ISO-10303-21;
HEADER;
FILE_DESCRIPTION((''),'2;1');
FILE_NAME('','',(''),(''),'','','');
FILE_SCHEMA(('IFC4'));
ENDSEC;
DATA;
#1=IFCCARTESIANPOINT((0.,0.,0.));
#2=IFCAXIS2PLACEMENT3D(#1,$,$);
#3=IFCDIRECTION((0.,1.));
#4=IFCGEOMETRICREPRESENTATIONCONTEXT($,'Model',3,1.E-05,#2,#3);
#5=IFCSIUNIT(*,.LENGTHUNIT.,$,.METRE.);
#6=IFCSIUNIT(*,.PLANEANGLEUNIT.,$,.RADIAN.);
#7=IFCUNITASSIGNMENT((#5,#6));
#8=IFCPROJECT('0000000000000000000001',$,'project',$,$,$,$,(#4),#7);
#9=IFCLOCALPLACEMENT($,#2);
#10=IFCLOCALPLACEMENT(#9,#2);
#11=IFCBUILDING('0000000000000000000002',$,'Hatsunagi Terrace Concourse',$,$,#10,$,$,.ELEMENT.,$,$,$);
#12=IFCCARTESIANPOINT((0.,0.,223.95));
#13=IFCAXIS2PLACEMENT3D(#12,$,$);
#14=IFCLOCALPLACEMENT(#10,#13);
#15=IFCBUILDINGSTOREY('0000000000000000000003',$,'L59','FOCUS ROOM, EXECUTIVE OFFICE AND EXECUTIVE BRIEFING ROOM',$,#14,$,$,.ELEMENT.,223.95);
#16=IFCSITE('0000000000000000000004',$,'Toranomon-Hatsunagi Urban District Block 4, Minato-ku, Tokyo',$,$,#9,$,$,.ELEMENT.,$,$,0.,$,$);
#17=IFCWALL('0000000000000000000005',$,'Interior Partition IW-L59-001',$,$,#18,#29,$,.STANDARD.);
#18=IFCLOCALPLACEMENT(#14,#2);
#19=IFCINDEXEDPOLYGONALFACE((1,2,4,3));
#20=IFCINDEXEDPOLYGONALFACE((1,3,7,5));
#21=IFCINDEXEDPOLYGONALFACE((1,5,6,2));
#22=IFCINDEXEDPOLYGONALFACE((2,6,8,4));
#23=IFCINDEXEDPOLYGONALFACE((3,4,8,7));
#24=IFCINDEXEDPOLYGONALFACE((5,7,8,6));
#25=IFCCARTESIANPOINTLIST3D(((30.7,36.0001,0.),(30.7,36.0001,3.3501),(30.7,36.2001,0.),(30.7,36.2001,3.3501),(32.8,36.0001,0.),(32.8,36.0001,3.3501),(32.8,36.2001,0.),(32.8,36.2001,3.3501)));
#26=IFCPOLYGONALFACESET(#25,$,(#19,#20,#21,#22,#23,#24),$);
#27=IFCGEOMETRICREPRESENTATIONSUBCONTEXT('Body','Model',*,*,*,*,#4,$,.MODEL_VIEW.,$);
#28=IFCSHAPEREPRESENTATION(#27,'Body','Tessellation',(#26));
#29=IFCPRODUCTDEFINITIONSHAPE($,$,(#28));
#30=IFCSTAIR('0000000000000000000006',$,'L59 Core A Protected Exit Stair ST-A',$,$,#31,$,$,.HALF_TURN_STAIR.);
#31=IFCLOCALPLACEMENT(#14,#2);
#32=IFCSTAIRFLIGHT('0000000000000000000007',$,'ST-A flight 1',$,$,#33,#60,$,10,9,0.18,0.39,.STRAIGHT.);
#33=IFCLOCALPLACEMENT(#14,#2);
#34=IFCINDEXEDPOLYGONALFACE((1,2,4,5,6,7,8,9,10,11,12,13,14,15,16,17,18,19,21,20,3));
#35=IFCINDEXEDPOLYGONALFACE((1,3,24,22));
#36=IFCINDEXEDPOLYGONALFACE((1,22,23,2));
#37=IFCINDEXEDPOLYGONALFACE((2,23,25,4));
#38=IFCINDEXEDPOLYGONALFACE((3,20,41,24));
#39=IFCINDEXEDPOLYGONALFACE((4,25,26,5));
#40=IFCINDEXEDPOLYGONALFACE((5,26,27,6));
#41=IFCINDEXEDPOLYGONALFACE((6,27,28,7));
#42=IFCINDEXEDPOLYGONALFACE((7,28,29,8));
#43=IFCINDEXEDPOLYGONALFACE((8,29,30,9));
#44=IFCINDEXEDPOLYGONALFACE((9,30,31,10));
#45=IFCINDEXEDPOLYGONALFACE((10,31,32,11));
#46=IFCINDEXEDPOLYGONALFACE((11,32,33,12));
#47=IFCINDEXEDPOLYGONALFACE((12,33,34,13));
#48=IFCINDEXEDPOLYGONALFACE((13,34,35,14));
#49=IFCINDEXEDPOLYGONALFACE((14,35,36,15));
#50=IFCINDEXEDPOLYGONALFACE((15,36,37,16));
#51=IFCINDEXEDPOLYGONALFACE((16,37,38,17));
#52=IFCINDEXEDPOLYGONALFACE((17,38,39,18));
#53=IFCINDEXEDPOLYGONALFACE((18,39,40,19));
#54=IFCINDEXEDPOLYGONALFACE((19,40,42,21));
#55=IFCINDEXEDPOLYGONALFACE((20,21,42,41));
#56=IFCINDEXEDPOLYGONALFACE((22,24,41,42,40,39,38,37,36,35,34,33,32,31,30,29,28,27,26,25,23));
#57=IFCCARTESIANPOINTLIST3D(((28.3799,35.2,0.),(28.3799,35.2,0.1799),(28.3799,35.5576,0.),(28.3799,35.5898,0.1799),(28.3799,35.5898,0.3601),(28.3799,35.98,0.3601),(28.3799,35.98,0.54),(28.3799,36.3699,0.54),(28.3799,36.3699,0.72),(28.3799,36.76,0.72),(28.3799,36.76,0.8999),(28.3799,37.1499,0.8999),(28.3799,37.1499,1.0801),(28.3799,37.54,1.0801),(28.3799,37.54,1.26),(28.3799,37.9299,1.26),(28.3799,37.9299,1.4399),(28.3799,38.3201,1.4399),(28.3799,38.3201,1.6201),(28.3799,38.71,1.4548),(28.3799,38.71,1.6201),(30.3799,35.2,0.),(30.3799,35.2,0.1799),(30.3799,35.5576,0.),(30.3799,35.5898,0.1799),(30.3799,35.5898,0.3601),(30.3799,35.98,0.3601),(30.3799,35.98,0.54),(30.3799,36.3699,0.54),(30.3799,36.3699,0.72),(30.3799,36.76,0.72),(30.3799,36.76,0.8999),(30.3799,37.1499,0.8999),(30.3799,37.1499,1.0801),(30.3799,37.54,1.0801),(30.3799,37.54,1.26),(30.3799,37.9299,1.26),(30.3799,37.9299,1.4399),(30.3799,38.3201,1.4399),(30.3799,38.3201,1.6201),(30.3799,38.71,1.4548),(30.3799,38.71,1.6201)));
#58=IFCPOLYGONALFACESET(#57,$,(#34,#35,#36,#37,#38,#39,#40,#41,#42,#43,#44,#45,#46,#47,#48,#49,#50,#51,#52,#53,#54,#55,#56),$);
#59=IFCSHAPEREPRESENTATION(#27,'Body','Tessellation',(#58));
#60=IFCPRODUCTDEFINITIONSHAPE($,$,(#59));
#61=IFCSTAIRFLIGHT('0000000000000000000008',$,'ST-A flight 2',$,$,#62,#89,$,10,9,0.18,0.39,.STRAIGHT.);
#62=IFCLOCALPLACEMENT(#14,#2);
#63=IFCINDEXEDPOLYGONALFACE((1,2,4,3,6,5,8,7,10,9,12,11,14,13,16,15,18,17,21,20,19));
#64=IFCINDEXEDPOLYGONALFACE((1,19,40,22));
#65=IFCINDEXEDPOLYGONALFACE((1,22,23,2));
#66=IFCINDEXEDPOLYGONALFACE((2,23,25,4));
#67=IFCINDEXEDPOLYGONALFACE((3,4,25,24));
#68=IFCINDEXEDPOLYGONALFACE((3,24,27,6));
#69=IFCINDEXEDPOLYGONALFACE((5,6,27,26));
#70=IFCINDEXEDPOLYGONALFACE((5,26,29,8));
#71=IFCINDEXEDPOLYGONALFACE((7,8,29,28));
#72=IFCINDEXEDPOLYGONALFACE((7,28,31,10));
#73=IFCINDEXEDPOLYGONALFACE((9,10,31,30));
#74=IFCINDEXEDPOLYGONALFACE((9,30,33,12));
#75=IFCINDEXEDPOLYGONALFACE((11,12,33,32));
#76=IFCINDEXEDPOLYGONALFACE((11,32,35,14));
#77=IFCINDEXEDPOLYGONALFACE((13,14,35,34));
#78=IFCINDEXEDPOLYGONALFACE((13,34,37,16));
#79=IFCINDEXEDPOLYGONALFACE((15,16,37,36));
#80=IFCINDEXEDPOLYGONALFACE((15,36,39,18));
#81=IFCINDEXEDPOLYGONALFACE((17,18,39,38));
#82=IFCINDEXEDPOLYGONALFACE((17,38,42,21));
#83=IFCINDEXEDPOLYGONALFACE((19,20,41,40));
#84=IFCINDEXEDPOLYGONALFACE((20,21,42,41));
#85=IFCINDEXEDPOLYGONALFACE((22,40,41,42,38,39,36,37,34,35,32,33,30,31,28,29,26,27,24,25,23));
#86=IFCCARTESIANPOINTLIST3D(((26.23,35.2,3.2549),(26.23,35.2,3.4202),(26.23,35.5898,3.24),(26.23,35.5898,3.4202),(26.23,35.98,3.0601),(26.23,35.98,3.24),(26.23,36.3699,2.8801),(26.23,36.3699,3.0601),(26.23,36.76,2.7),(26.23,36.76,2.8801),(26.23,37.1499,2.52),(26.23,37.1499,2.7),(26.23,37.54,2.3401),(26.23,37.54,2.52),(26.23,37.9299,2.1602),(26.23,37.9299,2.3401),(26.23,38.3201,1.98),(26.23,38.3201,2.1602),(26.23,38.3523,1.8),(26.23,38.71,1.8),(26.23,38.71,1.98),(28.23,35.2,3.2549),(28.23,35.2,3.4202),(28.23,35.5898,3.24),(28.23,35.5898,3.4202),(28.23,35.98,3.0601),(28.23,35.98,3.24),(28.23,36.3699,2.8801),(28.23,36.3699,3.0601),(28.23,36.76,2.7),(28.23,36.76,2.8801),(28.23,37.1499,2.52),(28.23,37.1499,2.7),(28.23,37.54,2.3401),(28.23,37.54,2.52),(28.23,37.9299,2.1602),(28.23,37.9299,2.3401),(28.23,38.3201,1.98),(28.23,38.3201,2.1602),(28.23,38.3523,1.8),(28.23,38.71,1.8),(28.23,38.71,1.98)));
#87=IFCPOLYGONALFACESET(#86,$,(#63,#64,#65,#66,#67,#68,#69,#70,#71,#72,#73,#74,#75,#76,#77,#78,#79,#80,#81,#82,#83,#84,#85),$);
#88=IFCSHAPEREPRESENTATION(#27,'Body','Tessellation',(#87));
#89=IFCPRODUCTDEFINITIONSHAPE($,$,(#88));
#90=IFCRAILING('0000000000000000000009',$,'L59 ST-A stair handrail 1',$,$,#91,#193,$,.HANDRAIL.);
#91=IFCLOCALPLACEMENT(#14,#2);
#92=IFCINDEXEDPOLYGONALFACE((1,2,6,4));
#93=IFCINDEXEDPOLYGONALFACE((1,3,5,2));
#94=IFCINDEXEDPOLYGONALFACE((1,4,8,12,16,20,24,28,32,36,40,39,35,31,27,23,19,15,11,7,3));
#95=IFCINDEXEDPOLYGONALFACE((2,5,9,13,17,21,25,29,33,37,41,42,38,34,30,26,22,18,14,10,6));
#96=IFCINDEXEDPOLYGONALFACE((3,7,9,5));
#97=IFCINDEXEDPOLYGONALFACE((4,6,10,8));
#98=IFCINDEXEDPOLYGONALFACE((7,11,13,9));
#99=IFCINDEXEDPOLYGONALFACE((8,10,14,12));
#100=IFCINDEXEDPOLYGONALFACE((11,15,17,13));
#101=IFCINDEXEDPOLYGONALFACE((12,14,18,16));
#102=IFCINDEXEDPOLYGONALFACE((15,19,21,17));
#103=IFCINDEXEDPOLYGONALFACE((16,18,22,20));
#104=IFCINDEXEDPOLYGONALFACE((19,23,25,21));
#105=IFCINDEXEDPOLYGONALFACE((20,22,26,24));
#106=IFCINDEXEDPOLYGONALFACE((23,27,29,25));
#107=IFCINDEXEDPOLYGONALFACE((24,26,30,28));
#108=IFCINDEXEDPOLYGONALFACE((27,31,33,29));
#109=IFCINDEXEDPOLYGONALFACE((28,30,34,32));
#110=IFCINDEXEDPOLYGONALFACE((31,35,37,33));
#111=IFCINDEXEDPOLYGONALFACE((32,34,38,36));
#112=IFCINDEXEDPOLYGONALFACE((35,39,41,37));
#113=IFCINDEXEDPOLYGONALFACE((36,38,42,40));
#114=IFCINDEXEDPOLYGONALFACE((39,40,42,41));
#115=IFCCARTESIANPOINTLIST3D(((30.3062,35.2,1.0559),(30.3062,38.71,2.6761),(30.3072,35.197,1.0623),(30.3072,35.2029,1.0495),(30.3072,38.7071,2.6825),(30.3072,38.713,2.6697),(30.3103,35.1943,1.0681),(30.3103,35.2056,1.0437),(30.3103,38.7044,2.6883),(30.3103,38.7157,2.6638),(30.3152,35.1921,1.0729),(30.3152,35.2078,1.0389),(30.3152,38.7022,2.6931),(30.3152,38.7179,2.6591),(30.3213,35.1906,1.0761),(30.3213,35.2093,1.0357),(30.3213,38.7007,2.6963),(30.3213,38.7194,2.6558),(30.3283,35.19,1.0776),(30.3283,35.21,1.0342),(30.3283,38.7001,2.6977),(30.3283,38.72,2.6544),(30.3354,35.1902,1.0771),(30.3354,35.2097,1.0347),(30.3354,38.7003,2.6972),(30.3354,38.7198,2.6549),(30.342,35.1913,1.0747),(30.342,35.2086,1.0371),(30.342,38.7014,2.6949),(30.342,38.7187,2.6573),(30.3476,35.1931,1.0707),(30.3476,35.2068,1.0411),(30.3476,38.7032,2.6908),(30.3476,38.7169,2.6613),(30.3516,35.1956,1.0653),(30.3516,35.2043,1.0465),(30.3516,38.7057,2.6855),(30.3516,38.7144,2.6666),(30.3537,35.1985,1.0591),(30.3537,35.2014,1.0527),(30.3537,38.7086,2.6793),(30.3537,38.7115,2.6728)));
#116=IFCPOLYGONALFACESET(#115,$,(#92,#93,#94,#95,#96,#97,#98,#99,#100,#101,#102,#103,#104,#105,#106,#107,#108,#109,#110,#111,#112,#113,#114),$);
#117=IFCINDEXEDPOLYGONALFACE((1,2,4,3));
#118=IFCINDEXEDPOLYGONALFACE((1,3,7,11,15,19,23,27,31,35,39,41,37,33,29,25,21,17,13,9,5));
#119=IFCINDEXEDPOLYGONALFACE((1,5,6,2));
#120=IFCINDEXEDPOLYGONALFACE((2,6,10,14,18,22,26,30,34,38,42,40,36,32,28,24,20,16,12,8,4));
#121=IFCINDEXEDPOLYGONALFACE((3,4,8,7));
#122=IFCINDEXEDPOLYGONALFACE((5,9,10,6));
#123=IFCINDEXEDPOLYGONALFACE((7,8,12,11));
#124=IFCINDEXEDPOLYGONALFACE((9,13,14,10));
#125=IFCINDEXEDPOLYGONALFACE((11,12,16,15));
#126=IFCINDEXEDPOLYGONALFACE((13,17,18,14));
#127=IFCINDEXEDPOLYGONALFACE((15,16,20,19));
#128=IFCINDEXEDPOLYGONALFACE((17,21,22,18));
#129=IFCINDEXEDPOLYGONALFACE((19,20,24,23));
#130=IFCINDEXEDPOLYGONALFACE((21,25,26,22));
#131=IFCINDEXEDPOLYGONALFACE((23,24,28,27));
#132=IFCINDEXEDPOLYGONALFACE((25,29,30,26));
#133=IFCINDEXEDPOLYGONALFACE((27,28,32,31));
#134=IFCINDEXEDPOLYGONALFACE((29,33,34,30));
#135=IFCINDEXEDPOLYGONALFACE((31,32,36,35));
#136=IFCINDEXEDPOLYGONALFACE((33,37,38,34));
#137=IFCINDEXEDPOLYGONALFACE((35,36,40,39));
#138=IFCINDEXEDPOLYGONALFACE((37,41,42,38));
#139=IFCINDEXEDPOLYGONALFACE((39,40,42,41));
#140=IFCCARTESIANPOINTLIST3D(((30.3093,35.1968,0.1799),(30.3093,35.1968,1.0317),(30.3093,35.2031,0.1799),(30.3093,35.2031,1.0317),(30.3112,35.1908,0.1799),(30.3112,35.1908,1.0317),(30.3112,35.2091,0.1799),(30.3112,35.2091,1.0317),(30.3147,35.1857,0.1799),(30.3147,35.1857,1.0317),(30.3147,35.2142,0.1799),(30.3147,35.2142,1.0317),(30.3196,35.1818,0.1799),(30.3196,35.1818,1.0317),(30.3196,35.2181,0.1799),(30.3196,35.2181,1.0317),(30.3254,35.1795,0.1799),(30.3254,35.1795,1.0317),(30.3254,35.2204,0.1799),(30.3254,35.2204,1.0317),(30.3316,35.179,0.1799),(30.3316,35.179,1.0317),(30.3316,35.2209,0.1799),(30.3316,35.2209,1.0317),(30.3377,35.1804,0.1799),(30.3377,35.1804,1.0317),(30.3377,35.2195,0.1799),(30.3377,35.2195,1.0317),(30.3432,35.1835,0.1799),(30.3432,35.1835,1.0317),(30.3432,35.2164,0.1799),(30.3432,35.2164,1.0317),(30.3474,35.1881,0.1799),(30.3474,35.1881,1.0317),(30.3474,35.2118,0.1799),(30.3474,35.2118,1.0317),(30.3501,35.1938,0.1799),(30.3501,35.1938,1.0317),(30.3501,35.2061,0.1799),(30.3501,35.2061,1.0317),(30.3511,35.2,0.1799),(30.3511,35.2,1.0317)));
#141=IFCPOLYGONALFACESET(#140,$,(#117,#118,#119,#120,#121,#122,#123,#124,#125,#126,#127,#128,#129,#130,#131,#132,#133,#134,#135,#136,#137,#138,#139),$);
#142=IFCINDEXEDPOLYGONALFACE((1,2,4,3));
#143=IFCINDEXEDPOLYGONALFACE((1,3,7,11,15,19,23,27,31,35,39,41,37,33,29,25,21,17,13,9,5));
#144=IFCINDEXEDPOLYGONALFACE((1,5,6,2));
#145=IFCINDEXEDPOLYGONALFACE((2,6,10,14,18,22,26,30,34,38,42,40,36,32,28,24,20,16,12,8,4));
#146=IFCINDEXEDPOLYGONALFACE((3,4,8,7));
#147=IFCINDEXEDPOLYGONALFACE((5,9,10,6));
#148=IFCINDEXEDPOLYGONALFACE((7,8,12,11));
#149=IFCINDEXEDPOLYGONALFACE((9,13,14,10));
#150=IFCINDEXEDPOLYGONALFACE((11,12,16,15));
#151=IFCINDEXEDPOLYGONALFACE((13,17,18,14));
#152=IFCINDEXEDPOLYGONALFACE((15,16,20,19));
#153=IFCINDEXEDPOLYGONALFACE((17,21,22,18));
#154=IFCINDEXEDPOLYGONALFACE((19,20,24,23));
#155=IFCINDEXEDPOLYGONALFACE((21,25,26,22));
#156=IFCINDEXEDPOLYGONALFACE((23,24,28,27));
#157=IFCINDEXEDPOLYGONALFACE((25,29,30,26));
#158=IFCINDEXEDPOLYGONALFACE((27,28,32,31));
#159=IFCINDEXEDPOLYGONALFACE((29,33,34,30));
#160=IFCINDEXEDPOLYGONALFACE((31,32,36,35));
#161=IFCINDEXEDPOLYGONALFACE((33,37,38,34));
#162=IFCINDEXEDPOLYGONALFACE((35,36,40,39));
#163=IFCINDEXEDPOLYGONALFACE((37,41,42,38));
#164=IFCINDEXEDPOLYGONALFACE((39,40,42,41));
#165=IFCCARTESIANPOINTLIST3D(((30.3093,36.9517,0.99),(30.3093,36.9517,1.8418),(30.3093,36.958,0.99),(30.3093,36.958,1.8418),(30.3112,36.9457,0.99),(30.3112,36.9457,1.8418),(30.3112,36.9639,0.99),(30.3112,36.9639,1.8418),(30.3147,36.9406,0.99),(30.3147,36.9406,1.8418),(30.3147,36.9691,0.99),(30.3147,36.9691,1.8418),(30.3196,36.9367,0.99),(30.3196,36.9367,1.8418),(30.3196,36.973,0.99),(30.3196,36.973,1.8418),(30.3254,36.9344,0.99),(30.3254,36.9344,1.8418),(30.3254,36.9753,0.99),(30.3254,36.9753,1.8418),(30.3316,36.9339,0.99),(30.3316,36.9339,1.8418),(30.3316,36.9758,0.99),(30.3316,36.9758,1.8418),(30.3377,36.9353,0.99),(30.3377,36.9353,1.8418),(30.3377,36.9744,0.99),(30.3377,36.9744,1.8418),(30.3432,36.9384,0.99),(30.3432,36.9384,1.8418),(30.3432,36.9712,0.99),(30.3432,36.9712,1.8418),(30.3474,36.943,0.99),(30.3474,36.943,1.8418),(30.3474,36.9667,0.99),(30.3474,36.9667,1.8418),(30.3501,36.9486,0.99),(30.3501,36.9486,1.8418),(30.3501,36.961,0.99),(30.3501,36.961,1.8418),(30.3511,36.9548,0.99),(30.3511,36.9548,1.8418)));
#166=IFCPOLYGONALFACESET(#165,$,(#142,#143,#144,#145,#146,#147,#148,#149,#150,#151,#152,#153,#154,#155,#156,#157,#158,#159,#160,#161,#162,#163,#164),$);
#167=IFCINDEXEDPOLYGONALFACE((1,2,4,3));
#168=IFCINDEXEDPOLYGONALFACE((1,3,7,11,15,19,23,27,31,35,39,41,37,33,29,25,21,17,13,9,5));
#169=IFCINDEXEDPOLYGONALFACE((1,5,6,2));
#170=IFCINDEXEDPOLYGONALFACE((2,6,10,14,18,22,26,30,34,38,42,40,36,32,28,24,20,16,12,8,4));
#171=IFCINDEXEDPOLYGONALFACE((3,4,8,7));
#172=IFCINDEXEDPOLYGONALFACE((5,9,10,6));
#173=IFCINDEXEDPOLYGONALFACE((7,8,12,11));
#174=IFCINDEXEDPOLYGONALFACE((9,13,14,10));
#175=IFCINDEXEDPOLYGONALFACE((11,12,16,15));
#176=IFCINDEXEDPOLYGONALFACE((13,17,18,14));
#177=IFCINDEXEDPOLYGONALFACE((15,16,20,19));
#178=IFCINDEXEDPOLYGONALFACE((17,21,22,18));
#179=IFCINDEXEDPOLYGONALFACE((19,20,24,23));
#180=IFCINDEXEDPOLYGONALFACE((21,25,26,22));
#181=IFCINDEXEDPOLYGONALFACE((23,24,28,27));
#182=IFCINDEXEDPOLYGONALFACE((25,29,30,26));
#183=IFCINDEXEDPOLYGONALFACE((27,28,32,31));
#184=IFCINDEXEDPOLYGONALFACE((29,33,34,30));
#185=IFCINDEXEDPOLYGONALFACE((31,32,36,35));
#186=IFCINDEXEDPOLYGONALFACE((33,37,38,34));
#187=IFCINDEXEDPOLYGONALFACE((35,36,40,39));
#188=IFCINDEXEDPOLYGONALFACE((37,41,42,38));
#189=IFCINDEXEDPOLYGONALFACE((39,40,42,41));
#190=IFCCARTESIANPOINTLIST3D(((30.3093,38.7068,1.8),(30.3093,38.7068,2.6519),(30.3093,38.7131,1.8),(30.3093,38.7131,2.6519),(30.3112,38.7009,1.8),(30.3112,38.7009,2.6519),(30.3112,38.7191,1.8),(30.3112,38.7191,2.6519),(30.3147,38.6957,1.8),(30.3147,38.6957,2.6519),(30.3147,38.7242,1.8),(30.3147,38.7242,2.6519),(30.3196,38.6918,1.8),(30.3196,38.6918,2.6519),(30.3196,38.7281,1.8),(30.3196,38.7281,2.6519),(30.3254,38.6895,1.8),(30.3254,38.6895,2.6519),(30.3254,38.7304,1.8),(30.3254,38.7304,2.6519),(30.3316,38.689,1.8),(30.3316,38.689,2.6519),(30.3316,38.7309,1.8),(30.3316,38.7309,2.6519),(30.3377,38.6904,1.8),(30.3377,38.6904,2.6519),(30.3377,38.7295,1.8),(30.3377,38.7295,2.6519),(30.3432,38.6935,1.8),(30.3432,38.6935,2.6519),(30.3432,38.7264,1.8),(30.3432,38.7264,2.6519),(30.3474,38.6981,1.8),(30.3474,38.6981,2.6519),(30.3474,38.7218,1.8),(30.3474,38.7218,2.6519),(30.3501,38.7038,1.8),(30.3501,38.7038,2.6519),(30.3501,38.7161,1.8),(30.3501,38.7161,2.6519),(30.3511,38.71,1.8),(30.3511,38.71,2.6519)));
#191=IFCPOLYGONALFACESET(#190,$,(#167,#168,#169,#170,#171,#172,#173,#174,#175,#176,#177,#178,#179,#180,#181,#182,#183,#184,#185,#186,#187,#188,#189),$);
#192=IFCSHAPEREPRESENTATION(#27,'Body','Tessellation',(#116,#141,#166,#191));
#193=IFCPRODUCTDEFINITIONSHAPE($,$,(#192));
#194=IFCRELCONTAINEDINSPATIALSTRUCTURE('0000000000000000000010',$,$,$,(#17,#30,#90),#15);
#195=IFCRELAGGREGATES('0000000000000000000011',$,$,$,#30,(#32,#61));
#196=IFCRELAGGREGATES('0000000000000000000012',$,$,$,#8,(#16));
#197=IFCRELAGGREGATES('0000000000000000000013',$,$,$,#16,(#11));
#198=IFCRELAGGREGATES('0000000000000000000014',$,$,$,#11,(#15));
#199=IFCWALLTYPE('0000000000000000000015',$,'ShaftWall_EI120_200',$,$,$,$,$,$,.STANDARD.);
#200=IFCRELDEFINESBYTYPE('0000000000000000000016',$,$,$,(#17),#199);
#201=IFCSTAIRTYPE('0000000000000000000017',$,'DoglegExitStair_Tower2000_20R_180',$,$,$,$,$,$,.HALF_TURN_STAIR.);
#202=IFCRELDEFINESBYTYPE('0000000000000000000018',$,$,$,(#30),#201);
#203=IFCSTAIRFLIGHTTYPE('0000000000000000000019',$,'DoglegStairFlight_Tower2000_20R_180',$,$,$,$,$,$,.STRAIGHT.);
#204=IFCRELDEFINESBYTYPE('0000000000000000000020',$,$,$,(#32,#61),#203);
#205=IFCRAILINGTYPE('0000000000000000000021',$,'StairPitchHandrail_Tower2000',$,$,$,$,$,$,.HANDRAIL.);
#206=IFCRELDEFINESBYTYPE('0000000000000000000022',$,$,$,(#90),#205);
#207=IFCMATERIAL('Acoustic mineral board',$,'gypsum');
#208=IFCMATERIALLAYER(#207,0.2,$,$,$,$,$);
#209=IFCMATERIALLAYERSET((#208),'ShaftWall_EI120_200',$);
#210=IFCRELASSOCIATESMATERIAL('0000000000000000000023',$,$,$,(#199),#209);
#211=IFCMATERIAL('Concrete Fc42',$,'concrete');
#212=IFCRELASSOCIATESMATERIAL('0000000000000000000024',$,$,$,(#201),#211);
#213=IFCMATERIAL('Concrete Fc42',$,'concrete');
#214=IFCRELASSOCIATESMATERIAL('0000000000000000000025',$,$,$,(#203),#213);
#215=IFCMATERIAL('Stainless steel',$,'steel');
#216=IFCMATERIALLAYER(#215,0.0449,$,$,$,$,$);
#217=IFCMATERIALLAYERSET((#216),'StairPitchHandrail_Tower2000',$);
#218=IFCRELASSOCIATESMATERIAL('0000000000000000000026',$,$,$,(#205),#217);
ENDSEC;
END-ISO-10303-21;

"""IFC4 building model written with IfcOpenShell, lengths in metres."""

from ifc_helpers import new_model, si_unit, direction, frame, frame_2d, origin, origin_2d, place, context, subcontext, project, spatial, polyline, rectangle, circle, outline, extrude, material, layer, layer_set, type_object, element, aggregate, save


model = new_model("IFC4")

# Units and contexts
model_context = context("Model", 3, precision=1e-05, world=origin(), true_north=direction((0.0, 1.0)))
body_context = subcontext(model_context, "Body", "Model", "MODEL_VIEW")
ifc_project = project(units=[si_unit("LENGTHUNIT", "METRE"), si_unit("PLANEANGLEUNIT", "RADIAN")], contexts=[model_context])

# Site, building, storey
site_placement = place(None, origin())
site = spatial("IfcSite", under=ifc_project, at=site_placement, Name="Toranomon-Hatsunagi Urban District Block 4, Minato-ku, Tokyo", CompositionType="ELEMENT", RefElevation=0.0)
building_placement = place(site_placement, origin())
building = spatial("IfcBuilding", under=site, at=building_placement, Name="Hatsunagi Terrace Concourse", CompositionType="ELEMENT")
storey_placement = place(building_placement, frame((0.0, 0.0, 223.95)))
storey = spatial("IfcBuildingStorey", under=building, at=storey_placement, Name="L59", Description="FOCUS ROOM, EXECUTIVE OFFICE AND EXECUTIVE BRIEFING ROOM", CompositionType="ELEMENT", Elevation=223.95)

# Wall
ifc_material_1 = material(Name="Acoustic mineral board", Category="gypsum")
ifc_layer_1 = layer(ifc_material_1, 0.2)
ifc_layer_set_1 = layer_set([ifc_layer_1], Name="ShaftWall_EI120_200")
wall_type_1 = type_object("IfcWallType", Name="ShaftWall_EI120_200", PredefinedType="STANDARD", material=ifc_layer_set_1)
wall_1_placement = place(storey_placement, frame((30.7, 36.1001, 0.0), z_axis=(0.0, 0.0, 1.0), x_axis=(1.0, 0.0, 0.0)))
element("IfcWall", 1, at=wall_1_placement, inside=storey, type_object=wall_type_1, Name="Interior Partition IW-L59-001", PredefinedType="STANDARD", context=body_context, shape_type="SweptSolid", body=[
    extrude(rectangle(XDim=2.1001, YDim=0.2, at=frame_2d((1.05, 0.0))), origin(), (0.0, 0.0, 1.0), 3.3501),
])

# Stair, stair flights
ifc_material_2 = material(Name="Concrete Fc42", Category="concrete")
stair_type = type_object("IfcStairType", Name="DoglegExitStair_Tower2000_20R_180", PredefinedType="HALF_TURN_STAIR", material=ifc_material_2)
stair_placement = place(storey_placement, origin())
stair = element("IfcStair", 2, at=stair_placement, inside=storey, type_object=stair_type, Name="L59 Core A Protected Exit Stair ST-A", PredefinedType="HALF_TURN_STAIR")
ifc_material_3 = material(Name="Concrete Fc42", Category="concrete")
stair_flight_type = type_object("IfcStairFlightType", Name="DoglegStairFlight_Tower2000_20R_180", PredefinedType="STRAIGHT", material=ifc_material_3)
stair_flight_1_placement = place(storey_placement, frame((29.3799, 35.2, 0.0), z_axis=(0.0, 0.0, 1.0), x_axis=(0.0, 1.0, 0.0)))
stair_flight_1 = element("IfcStairFlight", 3, at=stair_flight_1_placement, type_object=stair_flight_type, Name="ST-A flight 1", NumberOfRisers=10, NumberOfTreads=9, PredefinedType="STRAIGHT", RiserHeight=0.18, TreadLength=0.39, context=body_context, shape_type="SweptSolid", body=[
    extrude(outline(polyline([(0.0, 0.0), (0.0, 0.1799), (0.3899, 0.1799), (0.3899, 0.3601), (0.78, 0.3601), (0.78, 0.54), (1.1699, 0.54), (1.1699, 0.72), (1.5601, 0.72), (1.5601, 0.8999), (1.95, 0.8999), (1.95, 1.0801), (2.3401, 1.0801), (2.3401, 1.26), (2.73, 1.26), (2.73, 1.4399), (3.1201, 1.4399), (3.1201, 1.6201), (3.51, 1.6201), (3.51, 1.8), (3.51, 1.4548), (0.3577, 0.0), (0.0, 0.0)])), frame((0.0, 1.0, 0.0), z_axis=(0.0, -1.0, 0.0), x_axis=(1.0, 0.0, 0.0)), (0.0, 0.0, 1.0), 2.0),
])
stair_flight_2_placement = place(storey_placement, frame((27.23, 38.71, 1.8), z_axis=(0.0, 0.0, 1.0), x_axis=(0.0, -1.0, 0.0)))
stair_flight_2 = element("IfcStairFlight", 4, at=stair_flight_2_placement, type_object=stair_flight_type, Name="ST-A flight 2", NumberOfRisers=10, NumberOfTreads=9, PredefinedType="STRAIGHT", RiserHeight=0.18, TreadLength=0.39, context=body_context, shape_type="SweptSolid", body=[
    extrude(outline(polyline([(0.0, 0.0), (0.0, 0.1799), (0.3899, 0.1799), (0.3899, 0.3601), (0.78, 0.3601), (0.78, 0.54), (1.1699, 0.54), (1.1699, 0.72), (1.5601, 0.72), (1.5601, 0.8999), (1.95, 0.8999), (1.95, 1.0801), (2.3401, 1.0801), (2.3401, 1.26), (2.73, 1.26), (2.73, 1.4399), (3.1201, 1.4399), (3.1201, 1.6201), (3.51, 1.6201), (3.51, 1.8), (3.51, 1.4548), (0.3577, 0.0), (0.0, 0.0)])), frame((0.0, 1.0, 0.0), z_axis=(0.0, -1.0, 0.0), x_axis=(1.0, 0.0, 0.0)), (0.0, 0.0, 1.0), 2.0),
])
aggregate(stair, [stair_flight_1, stair_flight_2])

# Railing
ifc_material_4 = material(Name="Stainless steel", Category="steel")
ifc_layer_2 = layer(ifc_material_4, 0.0449)
ifc_layer_set_2 = layer_set([ifc_layer_2], Name="StairPitchHandrail_Tower2000")
railing_type_1 = type_object("IfcRailingType", Name="StairPitchHandrail_Tower2000", PredefinedType="HANDRAIL", material=ifc_layer_set_2)
railing_1_placement = place(storey_placement, frame((30.3301, 35.2, 0.1799)))
element("IfcRailing", 5, at=railing_1_placement, inside=storey, type_object=railing_type_1, Name="L59 ST-A stair handrail 1", PredefinedType="HANDRAIL", context=body_context, shape_type="SweptSolid", body=[
    extrude(circle(Radius=0.0239, at=origin_2d()), frame((0.0, 0.0, 0.876), z_axis=(0.0, 0.907948, 0.419082), x_axis=(-1.0, 0.0, 0.0)), (0.0, 0.0, 1.0), 3.866),
    extrude(circle(Radius=0.021, at=origin_2d()), origin(), (0.0, 0.0, 1.0), 0.8518),
    extrude(circle(Radius=0.021, at=origin_2d()), frame((0.0, 1.7549, 0.8101)), (0.0, 0.0, 1.0), 0.8518),
    extrude(circle(Radius=0.021, at=origin_2d()), frame((0.0, 3.51, 1.6201)), (0.0, 0.0, 1.0), 0.8518),
])

save(model, "model.ifc")
